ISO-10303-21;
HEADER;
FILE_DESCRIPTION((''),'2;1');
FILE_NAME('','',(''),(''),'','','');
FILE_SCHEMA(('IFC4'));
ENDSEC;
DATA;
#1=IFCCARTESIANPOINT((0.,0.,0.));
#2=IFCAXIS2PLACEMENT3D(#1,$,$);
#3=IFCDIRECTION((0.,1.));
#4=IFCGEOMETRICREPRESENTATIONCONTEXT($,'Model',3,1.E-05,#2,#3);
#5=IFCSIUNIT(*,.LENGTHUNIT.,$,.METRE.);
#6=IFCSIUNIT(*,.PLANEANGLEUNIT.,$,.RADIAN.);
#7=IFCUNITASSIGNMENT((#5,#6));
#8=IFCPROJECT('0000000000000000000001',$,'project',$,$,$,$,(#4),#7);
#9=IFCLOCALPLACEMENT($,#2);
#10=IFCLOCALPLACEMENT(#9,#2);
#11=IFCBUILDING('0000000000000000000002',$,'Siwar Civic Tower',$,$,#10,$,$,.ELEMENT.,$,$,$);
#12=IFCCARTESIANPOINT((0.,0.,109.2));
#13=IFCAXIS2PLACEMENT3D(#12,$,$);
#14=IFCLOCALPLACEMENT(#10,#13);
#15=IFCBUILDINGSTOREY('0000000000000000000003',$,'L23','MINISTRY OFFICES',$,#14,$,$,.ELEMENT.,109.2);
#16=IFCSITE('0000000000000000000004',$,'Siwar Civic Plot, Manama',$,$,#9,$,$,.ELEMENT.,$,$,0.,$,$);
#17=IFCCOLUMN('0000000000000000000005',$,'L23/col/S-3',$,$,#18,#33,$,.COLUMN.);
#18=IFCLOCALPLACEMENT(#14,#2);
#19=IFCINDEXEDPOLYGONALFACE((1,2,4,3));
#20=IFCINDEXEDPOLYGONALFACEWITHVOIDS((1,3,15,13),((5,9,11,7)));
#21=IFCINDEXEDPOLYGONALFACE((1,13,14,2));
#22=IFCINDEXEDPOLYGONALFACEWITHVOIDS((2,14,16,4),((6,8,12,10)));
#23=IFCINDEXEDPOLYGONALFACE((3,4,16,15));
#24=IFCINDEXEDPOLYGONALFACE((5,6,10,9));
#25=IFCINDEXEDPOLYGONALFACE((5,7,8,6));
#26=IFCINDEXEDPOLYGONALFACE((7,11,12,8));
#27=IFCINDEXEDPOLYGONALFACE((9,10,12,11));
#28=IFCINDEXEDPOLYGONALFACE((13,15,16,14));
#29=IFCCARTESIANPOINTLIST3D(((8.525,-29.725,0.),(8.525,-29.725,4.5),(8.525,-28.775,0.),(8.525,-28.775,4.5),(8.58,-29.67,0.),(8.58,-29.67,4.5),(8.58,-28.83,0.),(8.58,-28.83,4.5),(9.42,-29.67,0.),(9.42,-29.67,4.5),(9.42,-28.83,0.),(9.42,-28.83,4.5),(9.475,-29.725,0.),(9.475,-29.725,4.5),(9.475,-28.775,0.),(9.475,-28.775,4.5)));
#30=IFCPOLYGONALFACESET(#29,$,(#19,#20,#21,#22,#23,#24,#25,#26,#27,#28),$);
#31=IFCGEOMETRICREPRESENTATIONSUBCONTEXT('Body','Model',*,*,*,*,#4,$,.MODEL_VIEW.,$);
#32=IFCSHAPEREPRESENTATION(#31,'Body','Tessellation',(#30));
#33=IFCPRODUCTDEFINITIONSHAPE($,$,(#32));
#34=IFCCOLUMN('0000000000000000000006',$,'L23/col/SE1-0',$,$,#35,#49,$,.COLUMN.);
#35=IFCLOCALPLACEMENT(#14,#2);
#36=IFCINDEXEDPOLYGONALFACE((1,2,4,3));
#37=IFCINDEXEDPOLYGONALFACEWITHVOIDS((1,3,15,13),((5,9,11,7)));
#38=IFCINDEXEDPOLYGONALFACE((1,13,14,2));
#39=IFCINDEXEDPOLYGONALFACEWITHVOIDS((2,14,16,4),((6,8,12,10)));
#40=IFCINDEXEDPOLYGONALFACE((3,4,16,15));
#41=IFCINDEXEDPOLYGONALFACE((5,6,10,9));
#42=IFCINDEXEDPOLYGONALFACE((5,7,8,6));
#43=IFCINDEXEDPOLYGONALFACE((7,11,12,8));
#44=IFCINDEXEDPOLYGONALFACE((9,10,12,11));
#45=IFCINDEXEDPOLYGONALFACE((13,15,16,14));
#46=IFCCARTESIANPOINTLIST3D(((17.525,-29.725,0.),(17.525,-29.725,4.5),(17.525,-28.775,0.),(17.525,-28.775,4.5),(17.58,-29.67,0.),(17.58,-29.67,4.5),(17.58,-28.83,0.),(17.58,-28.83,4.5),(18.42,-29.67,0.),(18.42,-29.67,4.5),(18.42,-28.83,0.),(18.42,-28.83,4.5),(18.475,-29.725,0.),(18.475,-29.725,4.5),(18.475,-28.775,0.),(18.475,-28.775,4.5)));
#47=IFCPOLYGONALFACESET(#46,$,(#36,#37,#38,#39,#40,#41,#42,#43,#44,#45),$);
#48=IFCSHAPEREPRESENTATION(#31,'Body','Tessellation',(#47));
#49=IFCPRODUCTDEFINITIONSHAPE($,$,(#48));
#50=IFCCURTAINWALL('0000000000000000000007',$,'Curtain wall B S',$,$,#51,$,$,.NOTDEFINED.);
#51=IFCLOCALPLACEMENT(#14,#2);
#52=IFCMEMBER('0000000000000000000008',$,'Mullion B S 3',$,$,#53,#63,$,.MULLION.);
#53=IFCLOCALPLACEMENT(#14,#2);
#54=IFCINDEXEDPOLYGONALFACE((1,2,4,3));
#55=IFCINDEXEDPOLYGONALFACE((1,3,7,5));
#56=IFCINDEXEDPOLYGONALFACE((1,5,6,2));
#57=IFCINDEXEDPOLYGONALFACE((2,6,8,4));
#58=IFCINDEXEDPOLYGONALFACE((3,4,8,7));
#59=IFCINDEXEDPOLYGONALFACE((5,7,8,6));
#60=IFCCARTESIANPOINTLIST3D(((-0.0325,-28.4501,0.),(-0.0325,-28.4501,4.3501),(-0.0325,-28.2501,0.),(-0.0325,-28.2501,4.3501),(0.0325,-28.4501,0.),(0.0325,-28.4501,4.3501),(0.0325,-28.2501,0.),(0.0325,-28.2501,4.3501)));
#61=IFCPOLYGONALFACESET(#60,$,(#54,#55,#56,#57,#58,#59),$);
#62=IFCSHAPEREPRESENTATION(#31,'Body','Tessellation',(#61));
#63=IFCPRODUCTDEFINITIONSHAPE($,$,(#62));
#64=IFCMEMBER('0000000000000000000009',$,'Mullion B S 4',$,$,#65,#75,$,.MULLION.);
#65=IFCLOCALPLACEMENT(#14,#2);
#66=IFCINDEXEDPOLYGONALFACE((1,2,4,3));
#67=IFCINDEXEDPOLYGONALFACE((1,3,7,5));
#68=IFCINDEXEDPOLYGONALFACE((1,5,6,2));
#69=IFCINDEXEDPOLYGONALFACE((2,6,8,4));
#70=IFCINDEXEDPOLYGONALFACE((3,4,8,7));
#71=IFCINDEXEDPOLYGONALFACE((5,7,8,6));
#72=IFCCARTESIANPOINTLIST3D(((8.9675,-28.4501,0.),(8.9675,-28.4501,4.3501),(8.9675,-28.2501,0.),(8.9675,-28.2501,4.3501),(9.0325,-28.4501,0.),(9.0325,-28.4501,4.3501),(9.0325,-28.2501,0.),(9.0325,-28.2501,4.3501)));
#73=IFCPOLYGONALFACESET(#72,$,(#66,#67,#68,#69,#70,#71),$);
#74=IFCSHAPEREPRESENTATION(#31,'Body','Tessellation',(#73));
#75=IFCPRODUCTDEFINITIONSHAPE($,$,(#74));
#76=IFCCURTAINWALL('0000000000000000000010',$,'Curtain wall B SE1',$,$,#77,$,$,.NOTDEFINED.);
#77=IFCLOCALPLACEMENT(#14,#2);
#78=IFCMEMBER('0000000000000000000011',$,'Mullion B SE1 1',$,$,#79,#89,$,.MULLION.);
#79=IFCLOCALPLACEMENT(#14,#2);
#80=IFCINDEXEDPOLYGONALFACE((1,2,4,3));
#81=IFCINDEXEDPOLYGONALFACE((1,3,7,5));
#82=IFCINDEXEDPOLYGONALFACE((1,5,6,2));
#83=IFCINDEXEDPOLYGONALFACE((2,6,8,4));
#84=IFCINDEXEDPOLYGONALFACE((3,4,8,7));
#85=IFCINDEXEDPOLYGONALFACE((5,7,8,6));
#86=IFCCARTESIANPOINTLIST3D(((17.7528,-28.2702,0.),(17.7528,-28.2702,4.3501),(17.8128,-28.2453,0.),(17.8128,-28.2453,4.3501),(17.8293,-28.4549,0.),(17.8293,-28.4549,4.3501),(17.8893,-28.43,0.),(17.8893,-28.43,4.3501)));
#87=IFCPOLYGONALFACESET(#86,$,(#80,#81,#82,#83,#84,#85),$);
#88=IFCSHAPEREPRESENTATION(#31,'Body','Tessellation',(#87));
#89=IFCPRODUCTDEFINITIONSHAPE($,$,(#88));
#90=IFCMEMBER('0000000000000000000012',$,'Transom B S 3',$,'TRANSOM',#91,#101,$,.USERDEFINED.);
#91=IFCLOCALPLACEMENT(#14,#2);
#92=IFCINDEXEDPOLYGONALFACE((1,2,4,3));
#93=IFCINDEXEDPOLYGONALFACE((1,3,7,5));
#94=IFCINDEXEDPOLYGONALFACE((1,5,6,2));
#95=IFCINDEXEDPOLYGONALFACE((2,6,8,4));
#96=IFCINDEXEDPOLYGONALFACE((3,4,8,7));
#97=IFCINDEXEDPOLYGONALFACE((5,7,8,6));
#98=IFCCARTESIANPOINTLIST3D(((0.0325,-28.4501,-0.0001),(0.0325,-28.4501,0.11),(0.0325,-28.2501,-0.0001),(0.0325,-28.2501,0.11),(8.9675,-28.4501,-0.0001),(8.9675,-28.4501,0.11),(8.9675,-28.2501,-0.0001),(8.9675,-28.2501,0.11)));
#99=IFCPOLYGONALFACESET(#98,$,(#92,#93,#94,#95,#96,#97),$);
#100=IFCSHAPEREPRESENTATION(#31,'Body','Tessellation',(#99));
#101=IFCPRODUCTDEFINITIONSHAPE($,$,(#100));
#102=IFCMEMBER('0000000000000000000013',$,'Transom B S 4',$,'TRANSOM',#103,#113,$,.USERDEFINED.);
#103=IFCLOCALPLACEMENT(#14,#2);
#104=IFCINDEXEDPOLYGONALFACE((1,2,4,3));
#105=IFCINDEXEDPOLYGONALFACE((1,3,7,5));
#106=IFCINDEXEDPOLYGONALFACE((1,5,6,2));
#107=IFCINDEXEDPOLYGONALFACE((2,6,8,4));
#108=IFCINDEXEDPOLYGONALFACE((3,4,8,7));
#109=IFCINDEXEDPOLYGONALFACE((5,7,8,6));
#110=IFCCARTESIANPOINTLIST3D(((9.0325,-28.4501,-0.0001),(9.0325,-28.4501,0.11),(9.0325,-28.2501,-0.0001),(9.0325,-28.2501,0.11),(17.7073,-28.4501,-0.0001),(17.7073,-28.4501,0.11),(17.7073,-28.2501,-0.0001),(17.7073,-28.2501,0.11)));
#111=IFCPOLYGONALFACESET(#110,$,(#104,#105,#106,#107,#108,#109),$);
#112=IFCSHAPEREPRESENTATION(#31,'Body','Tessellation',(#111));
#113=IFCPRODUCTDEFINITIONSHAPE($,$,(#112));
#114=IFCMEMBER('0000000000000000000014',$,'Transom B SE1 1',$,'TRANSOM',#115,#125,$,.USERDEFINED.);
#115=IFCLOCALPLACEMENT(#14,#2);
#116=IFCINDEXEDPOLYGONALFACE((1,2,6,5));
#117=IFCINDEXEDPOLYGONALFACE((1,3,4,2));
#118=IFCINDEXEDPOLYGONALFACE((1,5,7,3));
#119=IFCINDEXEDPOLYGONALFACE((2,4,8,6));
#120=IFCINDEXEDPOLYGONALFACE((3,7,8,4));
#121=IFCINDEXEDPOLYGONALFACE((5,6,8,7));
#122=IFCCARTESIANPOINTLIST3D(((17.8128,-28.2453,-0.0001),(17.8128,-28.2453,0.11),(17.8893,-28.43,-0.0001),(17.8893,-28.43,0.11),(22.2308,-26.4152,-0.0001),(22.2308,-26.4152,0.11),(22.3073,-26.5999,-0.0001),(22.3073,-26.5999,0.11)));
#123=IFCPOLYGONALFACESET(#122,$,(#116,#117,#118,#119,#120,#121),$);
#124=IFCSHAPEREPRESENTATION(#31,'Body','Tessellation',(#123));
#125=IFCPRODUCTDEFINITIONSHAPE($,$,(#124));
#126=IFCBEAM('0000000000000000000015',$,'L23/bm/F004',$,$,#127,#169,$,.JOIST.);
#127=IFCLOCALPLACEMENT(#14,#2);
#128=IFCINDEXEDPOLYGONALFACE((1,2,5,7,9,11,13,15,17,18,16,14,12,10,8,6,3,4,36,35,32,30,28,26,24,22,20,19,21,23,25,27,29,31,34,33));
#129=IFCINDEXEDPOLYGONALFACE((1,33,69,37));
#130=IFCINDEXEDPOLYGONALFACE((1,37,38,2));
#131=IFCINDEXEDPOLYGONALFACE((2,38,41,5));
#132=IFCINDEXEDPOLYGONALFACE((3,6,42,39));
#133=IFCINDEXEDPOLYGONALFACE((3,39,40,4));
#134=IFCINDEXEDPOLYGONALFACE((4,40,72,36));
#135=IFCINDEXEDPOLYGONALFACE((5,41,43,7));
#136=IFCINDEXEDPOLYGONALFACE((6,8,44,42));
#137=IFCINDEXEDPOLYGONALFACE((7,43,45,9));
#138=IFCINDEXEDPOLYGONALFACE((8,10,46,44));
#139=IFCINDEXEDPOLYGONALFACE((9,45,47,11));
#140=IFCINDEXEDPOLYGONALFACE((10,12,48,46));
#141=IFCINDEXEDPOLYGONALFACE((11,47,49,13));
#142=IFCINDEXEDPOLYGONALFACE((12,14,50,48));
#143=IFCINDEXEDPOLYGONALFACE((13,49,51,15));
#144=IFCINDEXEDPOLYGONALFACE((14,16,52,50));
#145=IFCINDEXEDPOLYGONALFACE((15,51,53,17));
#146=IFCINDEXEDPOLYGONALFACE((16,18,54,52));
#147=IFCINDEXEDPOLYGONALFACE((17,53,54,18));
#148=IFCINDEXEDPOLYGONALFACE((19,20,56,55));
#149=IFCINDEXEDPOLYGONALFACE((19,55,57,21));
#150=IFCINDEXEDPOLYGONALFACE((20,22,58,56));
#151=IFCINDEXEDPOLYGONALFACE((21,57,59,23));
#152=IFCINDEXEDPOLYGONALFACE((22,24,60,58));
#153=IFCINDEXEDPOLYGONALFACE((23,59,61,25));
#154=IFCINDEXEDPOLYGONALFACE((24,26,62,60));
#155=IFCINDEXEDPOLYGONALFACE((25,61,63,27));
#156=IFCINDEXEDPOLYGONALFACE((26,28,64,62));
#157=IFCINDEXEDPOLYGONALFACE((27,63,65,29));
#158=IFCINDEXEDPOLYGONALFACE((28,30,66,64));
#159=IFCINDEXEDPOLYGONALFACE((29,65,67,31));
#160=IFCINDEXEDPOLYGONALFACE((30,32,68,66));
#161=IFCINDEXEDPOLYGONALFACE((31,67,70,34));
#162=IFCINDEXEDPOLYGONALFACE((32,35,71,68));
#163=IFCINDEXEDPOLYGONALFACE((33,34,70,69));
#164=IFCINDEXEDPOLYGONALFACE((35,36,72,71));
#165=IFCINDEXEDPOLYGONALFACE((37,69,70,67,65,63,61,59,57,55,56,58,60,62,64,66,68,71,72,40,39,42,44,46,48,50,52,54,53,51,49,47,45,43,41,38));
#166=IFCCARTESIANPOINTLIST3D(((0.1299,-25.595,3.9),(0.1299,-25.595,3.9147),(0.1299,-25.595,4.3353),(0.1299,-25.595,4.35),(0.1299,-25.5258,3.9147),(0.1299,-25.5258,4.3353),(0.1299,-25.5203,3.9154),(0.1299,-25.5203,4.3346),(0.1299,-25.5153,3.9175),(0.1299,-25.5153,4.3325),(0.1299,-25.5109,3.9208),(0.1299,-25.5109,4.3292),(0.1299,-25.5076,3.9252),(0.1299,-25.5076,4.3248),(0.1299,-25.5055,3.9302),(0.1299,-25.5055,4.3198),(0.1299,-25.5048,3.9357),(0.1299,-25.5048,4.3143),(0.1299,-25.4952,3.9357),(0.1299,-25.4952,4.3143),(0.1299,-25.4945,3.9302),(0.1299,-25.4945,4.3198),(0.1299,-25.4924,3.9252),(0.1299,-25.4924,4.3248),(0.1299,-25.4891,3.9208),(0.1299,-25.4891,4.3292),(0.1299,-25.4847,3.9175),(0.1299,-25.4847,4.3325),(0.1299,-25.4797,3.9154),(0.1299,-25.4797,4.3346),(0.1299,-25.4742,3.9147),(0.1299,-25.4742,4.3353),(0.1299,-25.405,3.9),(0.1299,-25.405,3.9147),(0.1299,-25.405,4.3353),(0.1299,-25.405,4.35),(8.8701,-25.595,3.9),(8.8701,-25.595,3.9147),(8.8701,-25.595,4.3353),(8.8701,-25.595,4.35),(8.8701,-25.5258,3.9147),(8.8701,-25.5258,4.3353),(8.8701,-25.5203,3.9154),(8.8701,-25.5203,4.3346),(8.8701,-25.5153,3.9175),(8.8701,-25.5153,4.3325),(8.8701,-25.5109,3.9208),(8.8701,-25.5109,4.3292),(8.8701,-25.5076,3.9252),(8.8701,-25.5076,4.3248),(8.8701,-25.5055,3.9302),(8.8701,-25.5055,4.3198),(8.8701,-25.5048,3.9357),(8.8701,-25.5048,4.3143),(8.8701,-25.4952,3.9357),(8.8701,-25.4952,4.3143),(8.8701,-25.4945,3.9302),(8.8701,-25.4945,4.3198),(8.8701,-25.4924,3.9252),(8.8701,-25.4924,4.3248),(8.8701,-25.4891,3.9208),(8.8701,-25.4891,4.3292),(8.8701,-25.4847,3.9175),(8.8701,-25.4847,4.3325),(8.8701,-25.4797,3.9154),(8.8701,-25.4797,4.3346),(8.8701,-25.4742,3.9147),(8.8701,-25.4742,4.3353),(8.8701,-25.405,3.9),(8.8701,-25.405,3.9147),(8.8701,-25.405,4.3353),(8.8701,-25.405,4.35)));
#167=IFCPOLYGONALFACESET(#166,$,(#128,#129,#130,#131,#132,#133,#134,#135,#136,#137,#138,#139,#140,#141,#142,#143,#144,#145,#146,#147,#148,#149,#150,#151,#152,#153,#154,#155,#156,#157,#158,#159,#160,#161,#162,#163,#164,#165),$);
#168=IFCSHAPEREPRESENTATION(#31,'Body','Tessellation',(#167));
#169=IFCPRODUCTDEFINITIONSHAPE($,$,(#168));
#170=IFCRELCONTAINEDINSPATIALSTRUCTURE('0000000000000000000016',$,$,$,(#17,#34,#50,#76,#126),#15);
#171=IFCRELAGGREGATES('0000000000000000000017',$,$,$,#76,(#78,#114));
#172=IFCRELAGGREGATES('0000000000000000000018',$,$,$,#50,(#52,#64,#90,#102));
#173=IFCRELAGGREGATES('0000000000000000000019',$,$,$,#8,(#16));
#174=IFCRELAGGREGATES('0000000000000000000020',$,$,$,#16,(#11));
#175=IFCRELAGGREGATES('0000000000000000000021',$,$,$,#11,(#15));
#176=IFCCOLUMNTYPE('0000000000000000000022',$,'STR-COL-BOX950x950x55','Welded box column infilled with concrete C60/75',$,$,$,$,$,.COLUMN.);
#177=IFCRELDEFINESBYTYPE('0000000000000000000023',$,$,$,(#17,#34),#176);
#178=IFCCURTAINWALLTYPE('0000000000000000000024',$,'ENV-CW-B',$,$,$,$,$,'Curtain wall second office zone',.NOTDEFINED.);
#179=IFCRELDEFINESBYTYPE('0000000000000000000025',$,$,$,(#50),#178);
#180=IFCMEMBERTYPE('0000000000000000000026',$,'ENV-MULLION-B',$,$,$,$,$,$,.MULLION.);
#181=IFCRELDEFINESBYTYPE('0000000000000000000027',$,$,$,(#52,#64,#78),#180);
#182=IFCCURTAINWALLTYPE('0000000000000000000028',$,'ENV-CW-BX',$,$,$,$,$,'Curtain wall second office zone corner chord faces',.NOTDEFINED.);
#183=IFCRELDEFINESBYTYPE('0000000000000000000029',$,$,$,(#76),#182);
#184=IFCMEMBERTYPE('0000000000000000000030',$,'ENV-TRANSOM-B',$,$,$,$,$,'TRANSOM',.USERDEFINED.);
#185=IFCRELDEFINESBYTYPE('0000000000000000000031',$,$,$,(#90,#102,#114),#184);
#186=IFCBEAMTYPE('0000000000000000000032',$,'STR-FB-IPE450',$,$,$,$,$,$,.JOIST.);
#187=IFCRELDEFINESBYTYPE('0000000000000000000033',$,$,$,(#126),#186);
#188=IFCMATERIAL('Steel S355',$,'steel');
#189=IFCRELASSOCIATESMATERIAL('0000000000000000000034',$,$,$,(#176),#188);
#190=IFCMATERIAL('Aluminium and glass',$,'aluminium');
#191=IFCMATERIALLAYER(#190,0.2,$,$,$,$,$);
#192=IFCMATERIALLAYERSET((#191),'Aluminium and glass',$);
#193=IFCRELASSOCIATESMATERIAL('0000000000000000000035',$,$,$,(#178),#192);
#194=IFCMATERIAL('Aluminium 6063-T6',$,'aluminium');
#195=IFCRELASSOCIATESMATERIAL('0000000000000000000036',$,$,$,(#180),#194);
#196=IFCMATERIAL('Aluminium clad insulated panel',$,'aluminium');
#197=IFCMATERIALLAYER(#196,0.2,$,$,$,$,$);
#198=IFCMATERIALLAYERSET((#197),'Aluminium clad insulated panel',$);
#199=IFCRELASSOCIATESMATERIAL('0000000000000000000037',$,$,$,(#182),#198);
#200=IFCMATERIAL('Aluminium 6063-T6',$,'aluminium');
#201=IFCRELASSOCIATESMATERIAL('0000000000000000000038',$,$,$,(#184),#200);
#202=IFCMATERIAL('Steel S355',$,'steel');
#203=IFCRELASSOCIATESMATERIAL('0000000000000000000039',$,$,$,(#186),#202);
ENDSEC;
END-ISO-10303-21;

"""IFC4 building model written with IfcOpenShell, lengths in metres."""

from ifc_helpers import new_model, si_unit, direction, frame, origin, origin_2d, place, context, subcontext, project, spatial, rectangle, hollow_rectangle, i_section, extrude, material, layer, layer_set, material_profile, profile_set, type_object, element, aggregate, save


model = new_model("IFC4")

# Units and contexts
model_context = context("Model", 3, precision=1e-05, world=origin(), true_north=direction((0.0, 1.0)))
body_context = subcontext(model_context, "Body", "Model", "MODEL_VIEW")
ifc_project = project(units=[si_unit("LENGTHUNIT", "METRE"), si_unit("PLANEANGLEUNIT", "RADIAN")], contexts=[model_context])

# Site, building, storey
site_placement = place(None, origin())
site = spatial("IfcSite", under=ifc_project, at=site_placement, Name="Siwar Civic Plot, Manama", CompositionType="ELEMENT", RefElevation=0.0)
building_placement = place(site_placement, origin())
building = spatial("IfcBuilding", under=site, at=building_placement, Name="Siwar Civic Tower", CompositionType="ELEMENT")
storey_placement = place(building_placement, frame((0.0, 0.0, 109.2)))
storey = spatial("IfcBuildingStorey", under=building, at=storey_placement, Name="L23", Description="MINISTRY OFFICES", CompositionType="ELEMENT", Elevation=109.2)

# Columns
ifc_material_1 = material(Name="Steel S355", Category="steel")
ifc_material_profile_1 = material_profile(ifc_material_1, hollow_rectangle(XDim=0.95, YDim=0.95, WallThickness=0.0549, at=origin_2d()), Name="BOX950x950x55")
ifc_profile_set_1 = profile_set([ifc_material_profile_1], Name="Steel S355")
column_type = type_object("IfcColumnType", Name="STR-COL-BOX950x950x55", Description="Welded box column infilled with concrete C60/75", PredefinedType="COLUMN", material=ifc_profile_set_1)
for number, where, z_axis, x_axis, name in (
    (1, (9.0, -29.25, 0.0), (0.0, 0.0, 1.0), (1.0, 0.0, 0.0), "L23/col/S-3"),
    (2, (18.0, -29.25, 0.0), (0.0, 0.0, 1.0), (1.0, 0.0, 0.0), "L23/col/SE1-0"),
):
    element("IfcColumn", number, at=place(storey_placement, frame(where, z_axis=z_axis, x_axis=x_axis)), inside=storey, type_object=column_type, Name=name, PredefinedType="COLUMN", context=body_context, shape_type="SweptSolid", body=[
        extrude(hollow_rectangle(XDim=0.95, YDim=0.95, WallThickness=0.0549, at=origin_2d()), origin(), (0.0, 0.0, 1.0), 4.5),
    ])

# Curtain wall, members
ifc_material_2 = material(Name="Aluminium and glass", Category="aluminium")
ifc_layer_1 = layer(ifc_material_2, 0.2)
ifc_layer_set_1 = layer_set([ifc_layer_1], Name="Aluminium and glass")
curtain_wall_type_1 = type_object("IfcCurtainWallType", Name="ENV-CW-B", ElementType="Curtain wall second office zone", PredefinedType="NOTDEFINED", material=ifc_layer_set_1)
curtain_wall_1_placement = place(storey_placement, origin())
curtain_wall_1 = element("IfcCurtainWall", 3, at=curtain_wall_1_placement, inside=storey, type_object=curtain_wall_type_1, Name="Curtain wall B S", PredefinedType="NOTDEFINED")
ifc_material_3 = material(Name="Aluminium 6063-T6", Category="aluminium")
ifc_material_profile_2 = material_profile(ifc_material_3, rectangle(XDim=0.2, YDim=0.0649, at=origin_2d()), Name="AL 200x65")
ifc_profile_set_2 = profile_set([ifc_material_profile_2], Name="Aluminium 6063-T6")
member_type_1 = type_object("IfcMemberType", Name="ENV-MULLION-B", PredefinedType="MULLION", material=ifc_profile_set_2)
member_1_placement = place(storey_placement, frame((0.0, -28.3501, 0.0), z_axis=(0.0, 0.0, 1.0), x_axis=(0.0, 1.0, 0.0)))
member_1 = element("IfcMember", 4, at=member_1_placement, type_object=member_type_1, Name="Mullion B S 3", PredefinedType="MULLION", context=body_context, shape_type="SweptSolid", body=[
    extrude(rectangle(XDim=0.2, YDim=0.0649, at=origin_2d()), origin(), (0.0, 0.0, 1.0), 4.3501),
])
member_2_placement = place(storey_placement, frame((9.0, -28.3501, 0.0), z_axis=(0.0, 0.0, 1.0), x_axis=(0.0, 1.0, 0.0)))
member_2 = element("IfcMember", 5, at=member_2_placement, type_object=member_type_1, Name="Mullion B S 4", PredefinedType="MULLION", context=body_context, shape_type="SweptSolid", body=[
    extrude(rectangle(XDim=0.2, YDim=0.0649, at=origin_2d()), origin(), (0.0, 0.0, 1.0), 4.3501),
])

# Curtain wall, member
ifc_material_4 = material(Name="Aluminium clad insulated panel", Category="aluminium")
ifc_layer_2 = layer(ifc_material_4, 0.2)
ifc_layer_set_2 = layer_set([ifc_layer_2], Name="Aluminium clad insulated panel")
curtain_wall_type_2 = type_object("IfcCurtainWallType", Name="ENV-CW-BX", ElementType="Curtain wall second office zone corner chord faces", PredefinedType="NOTDEFINED", material=ifc_layer_set_2)
curtain_wall_2_placement = place(storey_placement, origin())
curtain_wall_2 = element("IfcCurtainWall", 6, at=curtain_wall_2_placement, inside=storey, type_object=curtain_wall_type_2, Name="Curtain wall B SE1", PredefinedType="NOTDEFINED")
member_3_placement = place(storey_placement, frame((17.821, -28.3501, 0.0), z_axis=(0.0, 0.0, 1.0), x_axis=(-0.382683, 0.92388, 0.0)))
member_3 = element("IfcMember", 7, at=member_3_placement, type_object=member_type_1, Name="Mullion B SE1 1", PredefinedType="MULLION", context=body_context, shape_type="SweptSolid", body=[
    extrude(rectangle(XDim=0.2, YDim=0.0649, at=origin_2d()), origin(), (0.0, 0.0, 1.0), 4.3501),
])

# Members
ifc_material_5 = material(Name="Aluminium 6063-T6", Category="aluminium")
ifc_material_profile_3 = material_profile(ifc_material_5, rectangle(XDim=0.2, YDim=0.1101, at=origin_2d()), Name="AL 200x110")
ifc_profile_set_3 = profile_set([ifc_material_profile_3], Name="Aluminium 6063-T6")
member_type_2 = type_object("IfcMemberType", Name="ENV-TRANSOM-B", ElementType="TRANSOM", PredefinedType="USERDEFINED", material=ifc_profile_set_3)
member_4_placement = place(storey_placement, frame((0.0325, -28.3501, 0.0549), z_axis=(1.0, 0.0, 0.0), x_axis=(0.0, 1.0, 0.0)))
member_4 = element("IfcMember", 8, at=member_4_placement, type_object=member_type_2, Name="Transom B S 3", ObjectType="TRANSOM", PredefinedType="USERDEFINED", context=body_context, shape_type="SweptSolid", body=[
    extrude(rectangle(XDim=0.2, YDim=0.1101, at=origin_2d()), origin(), (0.0, 0.0, 1.0), 8.9351),
])
member_5_placement = place(storey_placement, frame((9.0325, -28.3501, 0.0549), z_axis=(1.0, 0.0, 0.0), x_axis=(0.0, 1.0, 0.0)))
member_5 = element("IfcMember", 9, at=member_5_placement, type_object=member_type_2, Name="Transom B S 4", ObjectType="TRANSOM", PredefinedType="USERDEFINED", context=body_context, shape_type="SweptSolid", body=[
    extrude(rectangle(XDim=0.2, YDim=0.1101, at=origin_2d()), origin(), (0.0, 0.0, 1.0), 8.6748),
])
member_6_placement = place(storey_placement, frame((17.8511, -28.3376, 0.0549), z_axis=(0.923872, 0.3827, 0.0), x_axis=(-0.3827, 0.923872, 0.0)))
member_6 = element("IfcMember", 10, at=member_6_placement, type_object=member_type_2, Name="Transom B SE1 1", ObjectType="TRANSOM", PredefinedType="USERDEFINED", context=body_context, shape_type="SweptSolid", body=[
    extrude(rectangle(XDim=0.2, YDim=0.1101, at=origin_2d()), origin(), (0.0, 0.0, 1.0), 4.782),
])
aggregate(curtain_wall_2, [member_3, member_6])

# Beam
ifc_material_6 = material(Name="Steel S355", Category="steel")
ifc_material_profile_4 = material_profile(ifc_material_6, i_section(OverallWidth=0.1899, OverallDepth=0.45, WebThickness=0.0095, FlangeThickness=0.0146, FilletRadius=0.021, at=origin_2d()), Name="IPE450")
ifc_profile_set_4 = profile_set([ifc_material_profile_4], Name="Steel S355")
beam_type_1 = type_object("IfcBeamType", Name="STR-FB-IPE450", PredefinedType="JOIST", material=ifc_profile_set_4)
for number, where, z_axis, x_axis, name in (
    (11, (0.1299, -25.5, 4.125), (1.0, 0.0, 0.0), (0.0, 1.0, 0.0), "L23/bm/F004"),
):
    element("IfcBeam", number, at=place(storey_placement, frame(where, z_axis=z_axis, x_axis=x_axis)), inside=storey, type_object=beam_type_1, Name=name, PredefinedType="JOIST", context=body_context, shape_type="SweptSolid", body=[
        extrude(i_section(OverallWidth=0.1899, OverallDepth=0.45, WebThickness=0.0095, FlangeThickness=0.0146, FilletRadius=0.021, at=origin_2d()), origin(), (0.0, 0.0, 1.0), 8.7402),
    ])

aggregate(curtain_wall_1, [member_1, member_2, member_4, member_5])

save(model, "model.ifc")
